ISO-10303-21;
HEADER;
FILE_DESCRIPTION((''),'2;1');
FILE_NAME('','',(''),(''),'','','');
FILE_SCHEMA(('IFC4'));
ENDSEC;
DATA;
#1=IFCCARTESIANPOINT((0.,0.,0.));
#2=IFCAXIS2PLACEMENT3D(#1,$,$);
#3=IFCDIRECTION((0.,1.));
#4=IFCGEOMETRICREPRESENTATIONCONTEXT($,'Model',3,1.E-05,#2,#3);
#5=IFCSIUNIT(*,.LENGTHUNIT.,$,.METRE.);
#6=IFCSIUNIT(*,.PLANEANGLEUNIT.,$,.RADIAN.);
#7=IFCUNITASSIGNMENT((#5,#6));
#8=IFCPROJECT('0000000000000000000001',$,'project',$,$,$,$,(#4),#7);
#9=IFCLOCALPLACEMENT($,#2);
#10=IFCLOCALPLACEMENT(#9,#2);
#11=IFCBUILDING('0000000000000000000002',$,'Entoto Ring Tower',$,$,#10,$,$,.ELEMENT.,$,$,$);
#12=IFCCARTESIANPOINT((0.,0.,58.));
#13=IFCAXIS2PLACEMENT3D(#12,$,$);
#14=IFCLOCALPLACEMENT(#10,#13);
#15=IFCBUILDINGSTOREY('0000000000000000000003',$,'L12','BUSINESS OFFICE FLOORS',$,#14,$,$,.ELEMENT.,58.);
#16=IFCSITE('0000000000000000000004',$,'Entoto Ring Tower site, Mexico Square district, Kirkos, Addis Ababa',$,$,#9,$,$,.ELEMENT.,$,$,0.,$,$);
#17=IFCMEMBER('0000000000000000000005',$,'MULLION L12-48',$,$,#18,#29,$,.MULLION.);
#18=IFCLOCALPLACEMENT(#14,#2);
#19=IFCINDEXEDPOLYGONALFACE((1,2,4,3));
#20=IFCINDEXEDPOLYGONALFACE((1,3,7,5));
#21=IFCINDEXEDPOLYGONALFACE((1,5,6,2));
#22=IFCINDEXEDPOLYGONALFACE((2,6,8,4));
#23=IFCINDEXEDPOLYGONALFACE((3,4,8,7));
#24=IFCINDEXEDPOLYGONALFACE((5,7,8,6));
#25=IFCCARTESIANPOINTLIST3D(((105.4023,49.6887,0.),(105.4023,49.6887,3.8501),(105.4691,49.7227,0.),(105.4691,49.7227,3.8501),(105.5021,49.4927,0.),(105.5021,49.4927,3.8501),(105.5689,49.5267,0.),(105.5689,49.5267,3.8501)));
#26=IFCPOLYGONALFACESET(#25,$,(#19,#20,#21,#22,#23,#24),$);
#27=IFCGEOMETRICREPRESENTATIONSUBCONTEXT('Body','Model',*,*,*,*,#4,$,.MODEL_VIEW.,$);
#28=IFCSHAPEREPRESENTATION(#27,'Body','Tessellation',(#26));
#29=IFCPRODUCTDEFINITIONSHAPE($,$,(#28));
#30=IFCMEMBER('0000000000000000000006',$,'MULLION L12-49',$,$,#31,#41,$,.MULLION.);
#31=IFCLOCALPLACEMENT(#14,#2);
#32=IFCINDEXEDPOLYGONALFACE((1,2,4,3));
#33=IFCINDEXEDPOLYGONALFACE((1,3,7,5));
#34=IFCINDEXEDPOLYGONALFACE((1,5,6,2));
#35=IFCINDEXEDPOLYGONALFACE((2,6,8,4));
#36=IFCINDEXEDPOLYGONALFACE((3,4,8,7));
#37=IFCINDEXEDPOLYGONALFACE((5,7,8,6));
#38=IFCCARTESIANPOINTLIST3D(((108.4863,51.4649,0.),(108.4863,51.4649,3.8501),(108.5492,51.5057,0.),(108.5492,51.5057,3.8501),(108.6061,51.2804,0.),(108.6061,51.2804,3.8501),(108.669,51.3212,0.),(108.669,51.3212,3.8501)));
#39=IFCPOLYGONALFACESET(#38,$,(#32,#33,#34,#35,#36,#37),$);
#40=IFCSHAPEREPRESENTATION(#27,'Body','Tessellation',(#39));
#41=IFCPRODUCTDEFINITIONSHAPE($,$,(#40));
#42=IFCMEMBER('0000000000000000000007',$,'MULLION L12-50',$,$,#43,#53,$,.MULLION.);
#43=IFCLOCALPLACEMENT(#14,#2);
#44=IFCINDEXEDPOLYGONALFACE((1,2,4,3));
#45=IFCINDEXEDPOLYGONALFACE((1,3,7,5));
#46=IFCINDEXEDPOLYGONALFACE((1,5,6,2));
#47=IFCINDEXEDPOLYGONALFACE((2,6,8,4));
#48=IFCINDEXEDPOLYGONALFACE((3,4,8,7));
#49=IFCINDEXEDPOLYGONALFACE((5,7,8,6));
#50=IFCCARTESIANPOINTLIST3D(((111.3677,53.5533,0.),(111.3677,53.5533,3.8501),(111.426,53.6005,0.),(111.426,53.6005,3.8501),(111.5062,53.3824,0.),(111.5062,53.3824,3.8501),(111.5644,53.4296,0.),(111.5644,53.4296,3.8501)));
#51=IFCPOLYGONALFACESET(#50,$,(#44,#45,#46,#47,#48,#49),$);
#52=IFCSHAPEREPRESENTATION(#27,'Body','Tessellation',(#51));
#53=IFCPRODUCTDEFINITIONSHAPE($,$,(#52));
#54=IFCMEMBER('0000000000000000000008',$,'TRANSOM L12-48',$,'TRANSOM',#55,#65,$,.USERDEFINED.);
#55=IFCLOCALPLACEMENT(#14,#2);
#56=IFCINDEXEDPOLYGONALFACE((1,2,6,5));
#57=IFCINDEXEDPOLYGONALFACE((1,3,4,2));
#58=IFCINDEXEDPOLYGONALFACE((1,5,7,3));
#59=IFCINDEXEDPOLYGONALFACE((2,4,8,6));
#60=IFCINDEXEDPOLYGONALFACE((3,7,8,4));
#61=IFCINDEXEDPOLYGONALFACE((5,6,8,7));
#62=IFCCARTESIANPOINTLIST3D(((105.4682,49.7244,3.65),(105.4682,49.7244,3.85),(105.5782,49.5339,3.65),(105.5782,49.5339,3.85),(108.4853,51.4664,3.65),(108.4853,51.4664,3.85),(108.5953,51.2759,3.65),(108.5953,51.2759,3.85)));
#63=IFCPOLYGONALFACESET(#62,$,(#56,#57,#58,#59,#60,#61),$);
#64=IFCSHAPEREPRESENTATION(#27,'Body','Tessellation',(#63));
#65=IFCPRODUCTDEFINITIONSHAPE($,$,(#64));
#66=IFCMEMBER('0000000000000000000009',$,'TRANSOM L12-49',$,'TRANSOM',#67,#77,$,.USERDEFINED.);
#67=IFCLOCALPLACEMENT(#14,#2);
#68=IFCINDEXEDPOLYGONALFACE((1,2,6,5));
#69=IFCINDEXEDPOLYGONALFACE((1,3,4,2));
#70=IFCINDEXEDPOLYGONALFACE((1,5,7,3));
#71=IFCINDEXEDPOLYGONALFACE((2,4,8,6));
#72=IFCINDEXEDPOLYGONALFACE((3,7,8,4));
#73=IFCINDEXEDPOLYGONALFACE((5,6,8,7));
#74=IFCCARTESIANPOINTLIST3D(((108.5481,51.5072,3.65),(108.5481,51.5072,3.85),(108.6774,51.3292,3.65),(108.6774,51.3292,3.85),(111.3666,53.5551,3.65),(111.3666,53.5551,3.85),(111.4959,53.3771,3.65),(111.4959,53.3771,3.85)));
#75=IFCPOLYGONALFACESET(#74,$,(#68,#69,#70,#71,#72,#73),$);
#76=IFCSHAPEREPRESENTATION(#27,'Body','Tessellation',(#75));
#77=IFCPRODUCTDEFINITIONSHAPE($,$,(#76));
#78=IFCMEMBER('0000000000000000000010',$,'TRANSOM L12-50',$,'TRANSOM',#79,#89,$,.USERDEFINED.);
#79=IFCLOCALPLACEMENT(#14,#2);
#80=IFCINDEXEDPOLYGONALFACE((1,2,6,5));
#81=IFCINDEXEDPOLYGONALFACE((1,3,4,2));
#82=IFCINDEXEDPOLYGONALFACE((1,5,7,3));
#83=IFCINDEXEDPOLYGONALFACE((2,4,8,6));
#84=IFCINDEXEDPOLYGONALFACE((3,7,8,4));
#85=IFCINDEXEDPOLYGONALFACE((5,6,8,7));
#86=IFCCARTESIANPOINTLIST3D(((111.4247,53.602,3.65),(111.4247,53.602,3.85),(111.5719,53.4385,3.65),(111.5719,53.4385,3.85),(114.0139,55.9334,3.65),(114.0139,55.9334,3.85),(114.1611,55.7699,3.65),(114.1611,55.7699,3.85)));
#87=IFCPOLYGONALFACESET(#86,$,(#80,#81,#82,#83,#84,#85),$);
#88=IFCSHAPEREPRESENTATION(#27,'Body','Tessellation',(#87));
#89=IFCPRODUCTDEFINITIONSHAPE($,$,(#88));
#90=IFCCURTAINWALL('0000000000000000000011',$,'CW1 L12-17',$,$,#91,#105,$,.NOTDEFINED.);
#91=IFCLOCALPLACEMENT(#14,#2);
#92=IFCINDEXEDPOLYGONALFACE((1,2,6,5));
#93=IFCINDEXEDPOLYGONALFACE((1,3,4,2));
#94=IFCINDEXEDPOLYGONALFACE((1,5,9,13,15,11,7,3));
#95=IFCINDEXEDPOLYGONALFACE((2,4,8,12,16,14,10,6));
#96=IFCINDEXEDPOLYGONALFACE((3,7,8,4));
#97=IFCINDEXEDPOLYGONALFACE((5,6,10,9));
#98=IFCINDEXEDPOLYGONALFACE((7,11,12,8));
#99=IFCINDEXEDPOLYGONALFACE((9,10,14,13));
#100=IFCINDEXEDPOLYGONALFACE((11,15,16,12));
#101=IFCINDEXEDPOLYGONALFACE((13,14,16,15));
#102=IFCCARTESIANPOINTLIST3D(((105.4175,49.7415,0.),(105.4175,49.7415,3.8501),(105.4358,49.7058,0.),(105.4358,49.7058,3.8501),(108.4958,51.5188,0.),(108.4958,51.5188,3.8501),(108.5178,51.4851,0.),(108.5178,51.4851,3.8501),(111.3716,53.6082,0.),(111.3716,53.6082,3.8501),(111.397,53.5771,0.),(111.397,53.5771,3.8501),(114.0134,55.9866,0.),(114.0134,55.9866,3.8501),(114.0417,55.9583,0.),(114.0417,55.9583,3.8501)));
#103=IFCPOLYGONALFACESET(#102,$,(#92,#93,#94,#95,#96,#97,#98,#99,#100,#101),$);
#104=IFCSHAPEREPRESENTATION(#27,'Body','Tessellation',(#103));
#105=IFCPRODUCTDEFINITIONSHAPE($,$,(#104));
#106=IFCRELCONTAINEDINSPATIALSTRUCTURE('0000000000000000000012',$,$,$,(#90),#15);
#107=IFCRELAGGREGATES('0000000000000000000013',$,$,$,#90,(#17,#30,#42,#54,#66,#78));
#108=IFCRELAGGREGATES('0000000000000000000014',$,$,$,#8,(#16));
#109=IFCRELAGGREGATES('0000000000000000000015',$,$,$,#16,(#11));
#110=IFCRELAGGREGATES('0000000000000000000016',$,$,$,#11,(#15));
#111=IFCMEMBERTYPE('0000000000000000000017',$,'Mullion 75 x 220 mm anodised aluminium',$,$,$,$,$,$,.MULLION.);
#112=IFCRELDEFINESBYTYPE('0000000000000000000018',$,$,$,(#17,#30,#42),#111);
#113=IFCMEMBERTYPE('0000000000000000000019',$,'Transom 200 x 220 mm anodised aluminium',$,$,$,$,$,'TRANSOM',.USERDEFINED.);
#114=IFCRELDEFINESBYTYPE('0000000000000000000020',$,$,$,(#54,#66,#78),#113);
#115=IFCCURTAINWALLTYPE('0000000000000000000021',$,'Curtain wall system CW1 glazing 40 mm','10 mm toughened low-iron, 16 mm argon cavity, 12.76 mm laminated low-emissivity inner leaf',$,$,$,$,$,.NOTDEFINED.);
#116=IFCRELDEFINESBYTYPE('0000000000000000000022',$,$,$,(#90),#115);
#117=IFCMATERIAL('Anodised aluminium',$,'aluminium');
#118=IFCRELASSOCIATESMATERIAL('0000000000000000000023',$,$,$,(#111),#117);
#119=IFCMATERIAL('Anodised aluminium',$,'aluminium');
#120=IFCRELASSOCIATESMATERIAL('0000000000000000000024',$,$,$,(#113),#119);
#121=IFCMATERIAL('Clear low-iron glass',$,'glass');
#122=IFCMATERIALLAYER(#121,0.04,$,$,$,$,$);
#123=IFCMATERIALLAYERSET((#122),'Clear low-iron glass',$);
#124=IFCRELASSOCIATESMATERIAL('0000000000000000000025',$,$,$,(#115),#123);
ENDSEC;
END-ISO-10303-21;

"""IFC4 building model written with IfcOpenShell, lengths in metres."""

from ifc_helpers import new_model, si_unit, direction, frame, origin, origin_2d, place, context, subcontext, project, spatial, polyline, rectangle, outline, extrude, material, layer, layer_set, material_profile, profile_set, type_object, element, aggregate, save


model = new_model("IFC4")

# Units and contexts
model_context = context("Model", 3, precision=1e-05, world=origin(), true_north=direction((0.0, 1.0)))
body_context = subcontext(model_context, "Body", "Model", "MODEL_VIEW")
ifc_project = project(units=[si_unit("LENGTHUNIT", "METRE"), si_unit("PLANEANGLEUNIT", "RADIAN")], contexts=[model_context])

# Members
ifc_material_1 = material(Name="Anodised aluminium", Category="aluminium")
ifc_material_profile_1 = material_profile(ifc_material_1, rectangle(XDim=0.075, YDim=0.22, at=origin_2d()), Name="Mullion 75 x 220 mm anodised aluminium")
ifc_profile_set_1 = profile_set([ifc_material_profile_1], Name="Anodised aluminium")
member_type_1 = type_object("IfcMemberType", Name="Mullion 75 x 220 mm anodised aluminium", PredefinedType="MULLION", material=ifc_profile_set_1)
site_placement = place(None, origin())
building_placement = place(site_placement, origin())
storey_placement = place(building_placement, frame((0.0, 0.0, 58.0)))
member_1_placement = place(storey_placement, frame((105.4856, 49.6077, 0.0), z_axis=(0.0, 0.0, 1.0), x_axis=(0.891007, 0.45399, 0.0)))
member_1 = element("IfcMember", 1, at=member_1_placement, type_object=member_type_1, Name="MULLION L12-48", PredefinedType="MULLION", context=body_context, shape_type="SweptSolid", body=[
    extrude(rectangle(XDim=0.075, YDim=0.22, at=origin_2d()), origin(), (0.0, 0.0, 1.0), 3.8501),
])
member_2_placement = place(storey_placement, frame((108.5776, 51.3931, 0.0), z_axis=(0.0, 0.0, 1.0), x_axis=(0.838671, 0.544639, 0.0)))
member_2 = element("IfcMember", 2, at=member_2_placement, type_object=member_type_1, Name="MULLION L12-49", PredefinedType="MULLION", context=body_context, shape_type="SweptSolid", body=[
    extrude(rectangle(XDim=0.075, YDim=0.22, at=origin_2d()), origin(), (0.0, 0.0, 1.0), 3.8501),
])
member_3_placement = place(storey_placement, frame((111.4661, 53.4915, 0.0), z_axis=(0.0, 0.0, 1.0), x_axis=(0.777146, 0.62932, 0.0)))
member_3 = element("IfcMember", 3, at=member_3_placement, type_object=member_type_1, Name="MULLION L12-50", PredefinedType="MULLION", context=body_context, shape_type="SweptSolid", body=[
    extrude(rectangle(XDim=0.075, YDim=0.22, at=origin_2d()), origin(), (0.0, 0.0, 1.0), 3.8501),
])
ifc_material_2 = material(Name="Anodised aluminium", Category="aluminium")
ifc_material_profile_2 = material_profile(ifc_material_2, rectangle(XDim=0.22, YDim=0.2, at=origin_2d()), Name="Transom 200 x 220 mm anodised aluminium")
ifc_profile_set_2 = profile_set([ifc_material_profile_2], Name="Anodised aluminium")
member_type_2 = type_object("IfcMemberType", Name="Transom 200 x 220 mm anodised aluminium", ElementType="TRANSOM", PredefinedType="USERDEFINED", material=ifc_profile_set_2)
member_4_placement = place(storey_placement, frame((105.5232, 49.6292, 3.75), z_axis=(0.866022, 0.500006, 0.0), x_axis=(-0.500006, 0.866022, 0.0)))
member_4 = element("IfcMember", 4, at=member_4_placement, type_object=member_type_2, Name="TRANSOM L12-48", ObjectType="TRANSOM", PredefinedType="USERDEFINED", context=body_context, shape_type="SweptSolid", body=[
    extrude(rectangle(XDim=0.22, YDim=0.2, at=origin_2d()), origin(), (0.0, 0.0, 1.0), 3.4839),
])
member_5_placement = place(storey_placement, frame((108.6128, 51.4182, 3.75), z_axis=(0.808991, 0.587822, 0.0), x_axis=(-0.587822, 0.808991, 0.0)))
member_5 = element("IfcMember", 5, at=member_5_placement, type_object=member_type_2, Name="TRANSOM L12-49", ObjectType="TRANSOM", PredefinedType="USERDEFINED", context=body_context, shape_type="SweptSolid", body=[
    extrude(rectangle(XDim=0.22, YDim=0.2, at=origin_2d()), origin(), (0.0, 0.0, 1.0), 3.4839),
])
member_6_placement = place(storey_placement, frame((111.4983, 53.5203, 3.75), z_axis=(0.743137, 0.669139, 0.0), x_axis=(-0.669139, 0.743137, 0.0)))
member_6 = element("IfcMember", 6, at=member_6_placement, type_object=member_type_2, Name="TRANSOM L12-50", ObjectType="TRANSOM", PredefinedType="USERDEFINED", context=body_context, shape_type="SweptSolid", body=[
    extrude(rectangle(XDim=0.22, YDim=0.2, at=origin_2d()), origin(), (0.0, 0.0, 1.0), 3.4841),
])

# Site, building, storey
site = spatial("IfcSite", under=ifc_project, at=site_placement, Name="Entoto Ring Tower site, Mexico Square district, Kirkos, Addis Ababa", CompositionType="ELEMENT", RefElevation=0.0)
building = spatial("IfcBuilding", under=site, at=building_placement, Name="Entoto Ring Tower", CompositionType="ELEMENT")
storey = spatial("IfcBuildingStorey", under=building, at=storey_placement, Name="L12", Description="BUSINESS OFFICE FLOORS", CompositionType="ELEMENT", Elevation=58.0)

# Curtain wall
ifc_material_3 = material(Name="Clear low-iron glass", Category="glass")
ifc_layer_1 = layer(ifc_material_3, 0.04)
ifc_layer_set_1 = layer_set([ifc_layer_1], Name="Clear low-iron glass")
curtain_wall_type = type_object("IfcCurtainWallType", Name="Curtain wall system CW1 glazing 40 mm", Description="10 mm toughened low-iron, 16 mm argon cavity, 12.76 mm laminated low-emissivity inner leaf", PredefinedType="NOTDEFINED", material=ifc_layer_set_1)
curtain_wall_1_placement = place(storey_placement, origin())
curtain_wall_1 = element("IfcCurtainWall", 7, at=curtain_wall_1_placement, inside=storey, type_object=curtain_wall_type, Name="CW1 L12-17", PredefinedType="NOTDEFINED", context=body_context, shape_type="SweptSolid", body=[
    extrude(outline(polyline([(105.4358, 49.7058), (108.5178, 51.4851), (111.397, 53.5771), (114.0417, 55.9583), (114.0134, 55.9866), (111.3716, 53.6082), (108.4958, 51.5188), (105.4175, 49.7415), (105.4358, 49.7058)])), origin(), (0.0, 0.0, 1.0), 3.8501),
])
aggregate(curtain_wall_1, [member_1, member_2, member_3, member_4, member_5, member_6])

save(model, "model.ifc")
